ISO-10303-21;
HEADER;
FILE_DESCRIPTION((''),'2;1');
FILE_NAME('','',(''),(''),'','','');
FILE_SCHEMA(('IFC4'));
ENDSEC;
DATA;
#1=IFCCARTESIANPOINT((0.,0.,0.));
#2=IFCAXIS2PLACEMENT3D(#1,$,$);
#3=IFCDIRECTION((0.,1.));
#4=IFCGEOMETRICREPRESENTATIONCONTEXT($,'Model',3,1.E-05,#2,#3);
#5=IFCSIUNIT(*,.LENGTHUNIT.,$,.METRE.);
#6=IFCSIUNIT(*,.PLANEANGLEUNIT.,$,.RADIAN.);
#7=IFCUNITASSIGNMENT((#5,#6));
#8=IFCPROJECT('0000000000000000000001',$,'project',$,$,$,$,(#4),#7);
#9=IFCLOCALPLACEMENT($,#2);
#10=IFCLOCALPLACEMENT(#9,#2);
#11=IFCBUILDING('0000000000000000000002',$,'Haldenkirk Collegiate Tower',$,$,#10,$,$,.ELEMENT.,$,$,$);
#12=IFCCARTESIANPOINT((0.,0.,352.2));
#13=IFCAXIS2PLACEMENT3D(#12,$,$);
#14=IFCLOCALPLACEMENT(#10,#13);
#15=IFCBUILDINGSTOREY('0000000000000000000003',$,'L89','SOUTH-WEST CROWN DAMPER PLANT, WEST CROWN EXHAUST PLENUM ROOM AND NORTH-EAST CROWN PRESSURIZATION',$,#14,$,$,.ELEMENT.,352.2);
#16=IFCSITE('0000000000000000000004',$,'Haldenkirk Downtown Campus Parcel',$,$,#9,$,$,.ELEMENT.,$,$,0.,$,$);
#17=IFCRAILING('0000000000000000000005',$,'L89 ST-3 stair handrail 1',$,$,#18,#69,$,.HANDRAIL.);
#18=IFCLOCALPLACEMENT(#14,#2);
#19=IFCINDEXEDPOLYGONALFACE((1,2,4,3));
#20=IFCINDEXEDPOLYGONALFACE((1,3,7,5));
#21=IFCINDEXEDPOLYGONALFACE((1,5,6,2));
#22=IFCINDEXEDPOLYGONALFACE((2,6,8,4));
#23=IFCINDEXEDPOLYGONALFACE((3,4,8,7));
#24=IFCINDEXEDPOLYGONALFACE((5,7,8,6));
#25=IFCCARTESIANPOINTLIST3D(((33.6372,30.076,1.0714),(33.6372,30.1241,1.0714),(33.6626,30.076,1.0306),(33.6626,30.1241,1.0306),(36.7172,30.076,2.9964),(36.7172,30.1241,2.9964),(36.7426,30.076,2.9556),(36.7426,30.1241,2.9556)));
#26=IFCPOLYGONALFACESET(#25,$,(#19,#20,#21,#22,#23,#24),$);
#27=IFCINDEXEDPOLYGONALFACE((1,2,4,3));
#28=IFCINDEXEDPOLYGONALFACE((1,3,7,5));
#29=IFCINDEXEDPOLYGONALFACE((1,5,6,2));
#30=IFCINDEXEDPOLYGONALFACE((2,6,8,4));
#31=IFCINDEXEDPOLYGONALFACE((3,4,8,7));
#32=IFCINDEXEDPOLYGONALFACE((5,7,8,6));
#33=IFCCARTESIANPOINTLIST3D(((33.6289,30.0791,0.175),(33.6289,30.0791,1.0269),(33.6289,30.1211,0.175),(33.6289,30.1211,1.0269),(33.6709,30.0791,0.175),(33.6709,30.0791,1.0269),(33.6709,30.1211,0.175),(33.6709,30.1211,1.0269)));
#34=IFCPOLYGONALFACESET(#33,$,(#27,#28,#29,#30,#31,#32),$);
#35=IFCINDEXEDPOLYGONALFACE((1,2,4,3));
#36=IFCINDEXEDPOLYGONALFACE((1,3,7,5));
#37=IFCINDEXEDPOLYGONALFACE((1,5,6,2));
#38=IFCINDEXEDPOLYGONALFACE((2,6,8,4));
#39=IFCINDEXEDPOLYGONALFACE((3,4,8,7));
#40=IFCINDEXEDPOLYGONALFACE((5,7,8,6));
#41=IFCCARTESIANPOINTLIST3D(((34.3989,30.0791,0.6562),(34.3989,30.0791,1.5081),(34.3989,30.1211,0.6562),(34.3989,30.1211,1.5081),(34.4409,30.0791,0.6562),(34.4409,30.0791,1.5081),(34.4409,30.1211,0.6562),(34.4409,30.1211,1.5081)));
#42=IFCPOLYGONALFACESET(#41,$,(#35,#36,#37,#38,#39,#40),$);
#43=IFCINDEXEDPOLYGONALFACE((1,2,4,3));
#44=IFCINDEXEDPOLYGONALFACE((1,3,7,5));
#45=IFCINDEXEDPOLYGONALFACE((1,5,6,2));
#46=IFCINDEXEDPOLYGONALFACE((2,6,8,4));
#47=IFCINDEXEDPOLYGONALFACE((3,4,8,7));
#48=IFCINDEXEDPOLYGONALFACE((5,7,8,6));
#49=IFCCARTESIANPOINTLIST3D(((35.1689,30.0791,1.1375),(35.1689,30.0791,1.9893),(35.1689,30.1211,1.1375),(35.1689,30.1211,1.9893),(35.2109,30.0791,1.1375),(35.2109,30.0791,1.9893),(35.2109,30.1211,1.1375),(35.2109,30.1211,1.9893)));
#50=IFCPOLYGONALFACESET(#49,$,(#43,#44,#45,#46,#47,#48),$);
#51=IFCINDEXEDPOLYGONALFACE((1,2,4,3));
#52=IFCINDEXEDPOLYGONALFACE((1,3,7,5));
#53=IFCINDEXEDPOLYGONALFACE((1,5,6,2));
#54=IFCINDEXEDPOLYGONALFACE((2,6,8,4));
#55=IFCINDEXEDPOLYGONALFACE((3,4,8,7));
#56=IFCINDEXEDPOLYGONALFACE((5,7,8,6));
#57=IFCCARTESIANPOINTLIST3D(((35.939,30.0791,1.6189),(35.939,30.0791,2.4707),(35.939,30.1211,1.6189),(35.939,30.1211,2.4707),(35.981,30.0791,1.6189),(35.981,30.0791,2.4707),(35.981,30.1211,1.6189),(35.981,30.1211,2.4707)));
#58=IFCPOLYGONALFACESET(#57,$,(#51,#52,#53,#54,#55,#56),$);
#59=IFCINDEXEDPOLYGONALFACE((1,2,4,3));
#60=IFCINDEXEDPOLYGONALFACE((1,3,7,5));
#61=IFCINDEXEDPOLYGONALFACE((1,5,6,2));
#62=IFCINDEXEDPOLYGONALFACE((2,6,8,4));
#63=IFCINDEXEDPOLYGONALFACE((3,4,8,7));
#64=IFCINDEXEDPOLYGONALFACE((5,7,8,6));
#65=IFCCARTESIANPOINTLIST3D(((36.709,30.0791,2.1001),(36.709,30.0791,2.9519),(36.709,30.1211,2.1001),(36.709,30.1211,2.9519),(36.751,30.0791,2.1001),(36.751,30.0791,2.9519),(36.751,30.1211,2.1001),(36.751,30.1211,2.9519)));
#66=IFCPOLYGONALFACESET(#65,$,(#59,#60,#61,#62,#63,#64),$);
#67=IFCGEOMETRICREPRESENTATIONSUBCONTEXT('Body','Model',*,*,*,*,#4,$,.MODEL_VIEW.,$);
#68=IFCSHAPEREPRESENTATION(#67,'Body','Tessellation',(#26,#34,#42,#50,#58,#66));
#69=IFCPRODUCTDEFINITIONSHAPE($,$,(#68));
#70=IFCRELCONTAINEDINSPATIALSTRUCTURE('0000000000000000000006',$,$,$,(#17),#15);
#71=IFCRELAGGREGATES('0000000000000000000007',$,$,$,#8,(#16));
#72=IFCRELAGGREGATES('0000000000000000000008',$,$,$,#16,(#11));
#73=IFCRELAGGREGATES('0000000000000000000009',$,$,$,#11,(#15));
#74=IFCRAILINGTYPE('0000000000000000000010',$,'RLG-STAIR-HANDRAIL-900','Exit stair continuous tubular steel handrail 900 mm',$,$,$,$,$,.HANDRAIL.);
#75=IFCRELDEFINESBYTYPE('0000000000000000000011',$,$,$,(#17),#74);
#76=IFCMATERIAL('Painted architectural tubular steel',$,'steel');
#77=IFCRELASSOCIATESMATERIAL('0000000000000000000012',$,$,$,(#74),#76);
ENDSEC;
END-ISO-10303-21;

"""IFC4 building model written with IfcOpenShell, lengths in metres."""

from ifc_helpers import new_model, si_unit, direction, frame, origin, origin_2d, place, context, subcontext, project, spatial, rectangle, extrude, material, type_object, element, save


model = new_model("IFC4")

# Units and contexts
model_context = context("Model", 3, precision=1e-05, world=origin(), true_north=direction((0.0, 1.0)))
body_context = subcontext(model_context, "Body", "Model", "MODEL_VIEW")
ifc_project = project(units=[si_unit("LENGTHUNIT", "METRE"), si_unit("PLANEANGLEUNIT", "RADIAN")], contexts=[model_context])

# Site, building, storey
site_placement = place(None, origin())
site = spatial("IfcSite", under=ifc_project, at=site_placement, Name="Haldenkirk Downtown Campus Parcel", CompositionType="ELEMENT", RefElevation=0.0)
building_placement = place(site_placement, origin())
building = spatial("IfcBuilding", under=site, at=building_placement, Name="Haldenkirk Collegiate Tower", CompositionType="ELEMENT")
storey_placement = place(building_placement, frame((0.0, 0.0, 352.2)))
storey = spatial("IfcBuildingStorey", under=building, at=storey_placement, Name="L89", Description="SOUTH-WEST CROWN DAMPER PLANT, WEST CROWN EXHAUST PLENUM ROOM AND NORTH-EAST CROWN PRESSURIZATION", CompositionType="ELEMENT", Elevation=352.2)

# Railing
ifc_material_1 = material(Name="Painted architectural tubular steel", Category="steel")
railing_type_1 = type_object("IfcRailingType", Name="RLG-STAIR-HANDRAIL-900", Description="Exit stair continuous tubular steel handrail 900 mm", PredefinedType="HANDRAIL", material=ifc_material_1)
railing_1_placement = place(storey_placement, frame((33.6499, 30.1001, 0.175)))
element("IfcRailing", 1, at=railing_1_placement, inside=storey, type_object=railing_type_1, Name="L89 ST-3 stair handrail 1", PredefinedType="HANDRAIL", context=body_context, shape_type="SweptSolid", body=[
    extrude(rectangle(XDim=0.0481, YDim=0.0481, at=origin_2d()), frame((0.0, 0.0, 0.876), z_axis=(0.847998, 0.0, 0.529999), x_axis=(0.0, 1.0, 0.0)), (0.0, 0.0, 1.0), 3.6321),
    extrude(rectangle(XDim=0.042, YDim=0.042, at=origin_2d()), origin(), (0.0, 0.0, 1.0), 0.8518),
    extrude(rectangle(XDim=0.042, YDim=0.042, at=origin_2d()), frame((0.77, 0.0, 0.4812)), (0.0, 0.0, 1.0), 0.8518),
    extrude(rectangle(XDim=0.042, YDim=0.042, at=origin_2d()), frame((1.54, 0.0, 0.9624)), (0.0, 0.0, 1.0), 0.8518),
    extrude(rectangle(XDim=0.042, YDim=0.042, at=origin_2d()), frame((2.3101, 0.0, 1.4438)), (0.0, 0.0, 1.0), 0.8518),
    extrude(rectangle(XDim=0.042, YDim=0.042, at=origin_2d()), frame((3.0801, 0.0, 1.925)), (0.0, 0.0, 1.0), 0.8518),
])

save(model, "model.ifc")
